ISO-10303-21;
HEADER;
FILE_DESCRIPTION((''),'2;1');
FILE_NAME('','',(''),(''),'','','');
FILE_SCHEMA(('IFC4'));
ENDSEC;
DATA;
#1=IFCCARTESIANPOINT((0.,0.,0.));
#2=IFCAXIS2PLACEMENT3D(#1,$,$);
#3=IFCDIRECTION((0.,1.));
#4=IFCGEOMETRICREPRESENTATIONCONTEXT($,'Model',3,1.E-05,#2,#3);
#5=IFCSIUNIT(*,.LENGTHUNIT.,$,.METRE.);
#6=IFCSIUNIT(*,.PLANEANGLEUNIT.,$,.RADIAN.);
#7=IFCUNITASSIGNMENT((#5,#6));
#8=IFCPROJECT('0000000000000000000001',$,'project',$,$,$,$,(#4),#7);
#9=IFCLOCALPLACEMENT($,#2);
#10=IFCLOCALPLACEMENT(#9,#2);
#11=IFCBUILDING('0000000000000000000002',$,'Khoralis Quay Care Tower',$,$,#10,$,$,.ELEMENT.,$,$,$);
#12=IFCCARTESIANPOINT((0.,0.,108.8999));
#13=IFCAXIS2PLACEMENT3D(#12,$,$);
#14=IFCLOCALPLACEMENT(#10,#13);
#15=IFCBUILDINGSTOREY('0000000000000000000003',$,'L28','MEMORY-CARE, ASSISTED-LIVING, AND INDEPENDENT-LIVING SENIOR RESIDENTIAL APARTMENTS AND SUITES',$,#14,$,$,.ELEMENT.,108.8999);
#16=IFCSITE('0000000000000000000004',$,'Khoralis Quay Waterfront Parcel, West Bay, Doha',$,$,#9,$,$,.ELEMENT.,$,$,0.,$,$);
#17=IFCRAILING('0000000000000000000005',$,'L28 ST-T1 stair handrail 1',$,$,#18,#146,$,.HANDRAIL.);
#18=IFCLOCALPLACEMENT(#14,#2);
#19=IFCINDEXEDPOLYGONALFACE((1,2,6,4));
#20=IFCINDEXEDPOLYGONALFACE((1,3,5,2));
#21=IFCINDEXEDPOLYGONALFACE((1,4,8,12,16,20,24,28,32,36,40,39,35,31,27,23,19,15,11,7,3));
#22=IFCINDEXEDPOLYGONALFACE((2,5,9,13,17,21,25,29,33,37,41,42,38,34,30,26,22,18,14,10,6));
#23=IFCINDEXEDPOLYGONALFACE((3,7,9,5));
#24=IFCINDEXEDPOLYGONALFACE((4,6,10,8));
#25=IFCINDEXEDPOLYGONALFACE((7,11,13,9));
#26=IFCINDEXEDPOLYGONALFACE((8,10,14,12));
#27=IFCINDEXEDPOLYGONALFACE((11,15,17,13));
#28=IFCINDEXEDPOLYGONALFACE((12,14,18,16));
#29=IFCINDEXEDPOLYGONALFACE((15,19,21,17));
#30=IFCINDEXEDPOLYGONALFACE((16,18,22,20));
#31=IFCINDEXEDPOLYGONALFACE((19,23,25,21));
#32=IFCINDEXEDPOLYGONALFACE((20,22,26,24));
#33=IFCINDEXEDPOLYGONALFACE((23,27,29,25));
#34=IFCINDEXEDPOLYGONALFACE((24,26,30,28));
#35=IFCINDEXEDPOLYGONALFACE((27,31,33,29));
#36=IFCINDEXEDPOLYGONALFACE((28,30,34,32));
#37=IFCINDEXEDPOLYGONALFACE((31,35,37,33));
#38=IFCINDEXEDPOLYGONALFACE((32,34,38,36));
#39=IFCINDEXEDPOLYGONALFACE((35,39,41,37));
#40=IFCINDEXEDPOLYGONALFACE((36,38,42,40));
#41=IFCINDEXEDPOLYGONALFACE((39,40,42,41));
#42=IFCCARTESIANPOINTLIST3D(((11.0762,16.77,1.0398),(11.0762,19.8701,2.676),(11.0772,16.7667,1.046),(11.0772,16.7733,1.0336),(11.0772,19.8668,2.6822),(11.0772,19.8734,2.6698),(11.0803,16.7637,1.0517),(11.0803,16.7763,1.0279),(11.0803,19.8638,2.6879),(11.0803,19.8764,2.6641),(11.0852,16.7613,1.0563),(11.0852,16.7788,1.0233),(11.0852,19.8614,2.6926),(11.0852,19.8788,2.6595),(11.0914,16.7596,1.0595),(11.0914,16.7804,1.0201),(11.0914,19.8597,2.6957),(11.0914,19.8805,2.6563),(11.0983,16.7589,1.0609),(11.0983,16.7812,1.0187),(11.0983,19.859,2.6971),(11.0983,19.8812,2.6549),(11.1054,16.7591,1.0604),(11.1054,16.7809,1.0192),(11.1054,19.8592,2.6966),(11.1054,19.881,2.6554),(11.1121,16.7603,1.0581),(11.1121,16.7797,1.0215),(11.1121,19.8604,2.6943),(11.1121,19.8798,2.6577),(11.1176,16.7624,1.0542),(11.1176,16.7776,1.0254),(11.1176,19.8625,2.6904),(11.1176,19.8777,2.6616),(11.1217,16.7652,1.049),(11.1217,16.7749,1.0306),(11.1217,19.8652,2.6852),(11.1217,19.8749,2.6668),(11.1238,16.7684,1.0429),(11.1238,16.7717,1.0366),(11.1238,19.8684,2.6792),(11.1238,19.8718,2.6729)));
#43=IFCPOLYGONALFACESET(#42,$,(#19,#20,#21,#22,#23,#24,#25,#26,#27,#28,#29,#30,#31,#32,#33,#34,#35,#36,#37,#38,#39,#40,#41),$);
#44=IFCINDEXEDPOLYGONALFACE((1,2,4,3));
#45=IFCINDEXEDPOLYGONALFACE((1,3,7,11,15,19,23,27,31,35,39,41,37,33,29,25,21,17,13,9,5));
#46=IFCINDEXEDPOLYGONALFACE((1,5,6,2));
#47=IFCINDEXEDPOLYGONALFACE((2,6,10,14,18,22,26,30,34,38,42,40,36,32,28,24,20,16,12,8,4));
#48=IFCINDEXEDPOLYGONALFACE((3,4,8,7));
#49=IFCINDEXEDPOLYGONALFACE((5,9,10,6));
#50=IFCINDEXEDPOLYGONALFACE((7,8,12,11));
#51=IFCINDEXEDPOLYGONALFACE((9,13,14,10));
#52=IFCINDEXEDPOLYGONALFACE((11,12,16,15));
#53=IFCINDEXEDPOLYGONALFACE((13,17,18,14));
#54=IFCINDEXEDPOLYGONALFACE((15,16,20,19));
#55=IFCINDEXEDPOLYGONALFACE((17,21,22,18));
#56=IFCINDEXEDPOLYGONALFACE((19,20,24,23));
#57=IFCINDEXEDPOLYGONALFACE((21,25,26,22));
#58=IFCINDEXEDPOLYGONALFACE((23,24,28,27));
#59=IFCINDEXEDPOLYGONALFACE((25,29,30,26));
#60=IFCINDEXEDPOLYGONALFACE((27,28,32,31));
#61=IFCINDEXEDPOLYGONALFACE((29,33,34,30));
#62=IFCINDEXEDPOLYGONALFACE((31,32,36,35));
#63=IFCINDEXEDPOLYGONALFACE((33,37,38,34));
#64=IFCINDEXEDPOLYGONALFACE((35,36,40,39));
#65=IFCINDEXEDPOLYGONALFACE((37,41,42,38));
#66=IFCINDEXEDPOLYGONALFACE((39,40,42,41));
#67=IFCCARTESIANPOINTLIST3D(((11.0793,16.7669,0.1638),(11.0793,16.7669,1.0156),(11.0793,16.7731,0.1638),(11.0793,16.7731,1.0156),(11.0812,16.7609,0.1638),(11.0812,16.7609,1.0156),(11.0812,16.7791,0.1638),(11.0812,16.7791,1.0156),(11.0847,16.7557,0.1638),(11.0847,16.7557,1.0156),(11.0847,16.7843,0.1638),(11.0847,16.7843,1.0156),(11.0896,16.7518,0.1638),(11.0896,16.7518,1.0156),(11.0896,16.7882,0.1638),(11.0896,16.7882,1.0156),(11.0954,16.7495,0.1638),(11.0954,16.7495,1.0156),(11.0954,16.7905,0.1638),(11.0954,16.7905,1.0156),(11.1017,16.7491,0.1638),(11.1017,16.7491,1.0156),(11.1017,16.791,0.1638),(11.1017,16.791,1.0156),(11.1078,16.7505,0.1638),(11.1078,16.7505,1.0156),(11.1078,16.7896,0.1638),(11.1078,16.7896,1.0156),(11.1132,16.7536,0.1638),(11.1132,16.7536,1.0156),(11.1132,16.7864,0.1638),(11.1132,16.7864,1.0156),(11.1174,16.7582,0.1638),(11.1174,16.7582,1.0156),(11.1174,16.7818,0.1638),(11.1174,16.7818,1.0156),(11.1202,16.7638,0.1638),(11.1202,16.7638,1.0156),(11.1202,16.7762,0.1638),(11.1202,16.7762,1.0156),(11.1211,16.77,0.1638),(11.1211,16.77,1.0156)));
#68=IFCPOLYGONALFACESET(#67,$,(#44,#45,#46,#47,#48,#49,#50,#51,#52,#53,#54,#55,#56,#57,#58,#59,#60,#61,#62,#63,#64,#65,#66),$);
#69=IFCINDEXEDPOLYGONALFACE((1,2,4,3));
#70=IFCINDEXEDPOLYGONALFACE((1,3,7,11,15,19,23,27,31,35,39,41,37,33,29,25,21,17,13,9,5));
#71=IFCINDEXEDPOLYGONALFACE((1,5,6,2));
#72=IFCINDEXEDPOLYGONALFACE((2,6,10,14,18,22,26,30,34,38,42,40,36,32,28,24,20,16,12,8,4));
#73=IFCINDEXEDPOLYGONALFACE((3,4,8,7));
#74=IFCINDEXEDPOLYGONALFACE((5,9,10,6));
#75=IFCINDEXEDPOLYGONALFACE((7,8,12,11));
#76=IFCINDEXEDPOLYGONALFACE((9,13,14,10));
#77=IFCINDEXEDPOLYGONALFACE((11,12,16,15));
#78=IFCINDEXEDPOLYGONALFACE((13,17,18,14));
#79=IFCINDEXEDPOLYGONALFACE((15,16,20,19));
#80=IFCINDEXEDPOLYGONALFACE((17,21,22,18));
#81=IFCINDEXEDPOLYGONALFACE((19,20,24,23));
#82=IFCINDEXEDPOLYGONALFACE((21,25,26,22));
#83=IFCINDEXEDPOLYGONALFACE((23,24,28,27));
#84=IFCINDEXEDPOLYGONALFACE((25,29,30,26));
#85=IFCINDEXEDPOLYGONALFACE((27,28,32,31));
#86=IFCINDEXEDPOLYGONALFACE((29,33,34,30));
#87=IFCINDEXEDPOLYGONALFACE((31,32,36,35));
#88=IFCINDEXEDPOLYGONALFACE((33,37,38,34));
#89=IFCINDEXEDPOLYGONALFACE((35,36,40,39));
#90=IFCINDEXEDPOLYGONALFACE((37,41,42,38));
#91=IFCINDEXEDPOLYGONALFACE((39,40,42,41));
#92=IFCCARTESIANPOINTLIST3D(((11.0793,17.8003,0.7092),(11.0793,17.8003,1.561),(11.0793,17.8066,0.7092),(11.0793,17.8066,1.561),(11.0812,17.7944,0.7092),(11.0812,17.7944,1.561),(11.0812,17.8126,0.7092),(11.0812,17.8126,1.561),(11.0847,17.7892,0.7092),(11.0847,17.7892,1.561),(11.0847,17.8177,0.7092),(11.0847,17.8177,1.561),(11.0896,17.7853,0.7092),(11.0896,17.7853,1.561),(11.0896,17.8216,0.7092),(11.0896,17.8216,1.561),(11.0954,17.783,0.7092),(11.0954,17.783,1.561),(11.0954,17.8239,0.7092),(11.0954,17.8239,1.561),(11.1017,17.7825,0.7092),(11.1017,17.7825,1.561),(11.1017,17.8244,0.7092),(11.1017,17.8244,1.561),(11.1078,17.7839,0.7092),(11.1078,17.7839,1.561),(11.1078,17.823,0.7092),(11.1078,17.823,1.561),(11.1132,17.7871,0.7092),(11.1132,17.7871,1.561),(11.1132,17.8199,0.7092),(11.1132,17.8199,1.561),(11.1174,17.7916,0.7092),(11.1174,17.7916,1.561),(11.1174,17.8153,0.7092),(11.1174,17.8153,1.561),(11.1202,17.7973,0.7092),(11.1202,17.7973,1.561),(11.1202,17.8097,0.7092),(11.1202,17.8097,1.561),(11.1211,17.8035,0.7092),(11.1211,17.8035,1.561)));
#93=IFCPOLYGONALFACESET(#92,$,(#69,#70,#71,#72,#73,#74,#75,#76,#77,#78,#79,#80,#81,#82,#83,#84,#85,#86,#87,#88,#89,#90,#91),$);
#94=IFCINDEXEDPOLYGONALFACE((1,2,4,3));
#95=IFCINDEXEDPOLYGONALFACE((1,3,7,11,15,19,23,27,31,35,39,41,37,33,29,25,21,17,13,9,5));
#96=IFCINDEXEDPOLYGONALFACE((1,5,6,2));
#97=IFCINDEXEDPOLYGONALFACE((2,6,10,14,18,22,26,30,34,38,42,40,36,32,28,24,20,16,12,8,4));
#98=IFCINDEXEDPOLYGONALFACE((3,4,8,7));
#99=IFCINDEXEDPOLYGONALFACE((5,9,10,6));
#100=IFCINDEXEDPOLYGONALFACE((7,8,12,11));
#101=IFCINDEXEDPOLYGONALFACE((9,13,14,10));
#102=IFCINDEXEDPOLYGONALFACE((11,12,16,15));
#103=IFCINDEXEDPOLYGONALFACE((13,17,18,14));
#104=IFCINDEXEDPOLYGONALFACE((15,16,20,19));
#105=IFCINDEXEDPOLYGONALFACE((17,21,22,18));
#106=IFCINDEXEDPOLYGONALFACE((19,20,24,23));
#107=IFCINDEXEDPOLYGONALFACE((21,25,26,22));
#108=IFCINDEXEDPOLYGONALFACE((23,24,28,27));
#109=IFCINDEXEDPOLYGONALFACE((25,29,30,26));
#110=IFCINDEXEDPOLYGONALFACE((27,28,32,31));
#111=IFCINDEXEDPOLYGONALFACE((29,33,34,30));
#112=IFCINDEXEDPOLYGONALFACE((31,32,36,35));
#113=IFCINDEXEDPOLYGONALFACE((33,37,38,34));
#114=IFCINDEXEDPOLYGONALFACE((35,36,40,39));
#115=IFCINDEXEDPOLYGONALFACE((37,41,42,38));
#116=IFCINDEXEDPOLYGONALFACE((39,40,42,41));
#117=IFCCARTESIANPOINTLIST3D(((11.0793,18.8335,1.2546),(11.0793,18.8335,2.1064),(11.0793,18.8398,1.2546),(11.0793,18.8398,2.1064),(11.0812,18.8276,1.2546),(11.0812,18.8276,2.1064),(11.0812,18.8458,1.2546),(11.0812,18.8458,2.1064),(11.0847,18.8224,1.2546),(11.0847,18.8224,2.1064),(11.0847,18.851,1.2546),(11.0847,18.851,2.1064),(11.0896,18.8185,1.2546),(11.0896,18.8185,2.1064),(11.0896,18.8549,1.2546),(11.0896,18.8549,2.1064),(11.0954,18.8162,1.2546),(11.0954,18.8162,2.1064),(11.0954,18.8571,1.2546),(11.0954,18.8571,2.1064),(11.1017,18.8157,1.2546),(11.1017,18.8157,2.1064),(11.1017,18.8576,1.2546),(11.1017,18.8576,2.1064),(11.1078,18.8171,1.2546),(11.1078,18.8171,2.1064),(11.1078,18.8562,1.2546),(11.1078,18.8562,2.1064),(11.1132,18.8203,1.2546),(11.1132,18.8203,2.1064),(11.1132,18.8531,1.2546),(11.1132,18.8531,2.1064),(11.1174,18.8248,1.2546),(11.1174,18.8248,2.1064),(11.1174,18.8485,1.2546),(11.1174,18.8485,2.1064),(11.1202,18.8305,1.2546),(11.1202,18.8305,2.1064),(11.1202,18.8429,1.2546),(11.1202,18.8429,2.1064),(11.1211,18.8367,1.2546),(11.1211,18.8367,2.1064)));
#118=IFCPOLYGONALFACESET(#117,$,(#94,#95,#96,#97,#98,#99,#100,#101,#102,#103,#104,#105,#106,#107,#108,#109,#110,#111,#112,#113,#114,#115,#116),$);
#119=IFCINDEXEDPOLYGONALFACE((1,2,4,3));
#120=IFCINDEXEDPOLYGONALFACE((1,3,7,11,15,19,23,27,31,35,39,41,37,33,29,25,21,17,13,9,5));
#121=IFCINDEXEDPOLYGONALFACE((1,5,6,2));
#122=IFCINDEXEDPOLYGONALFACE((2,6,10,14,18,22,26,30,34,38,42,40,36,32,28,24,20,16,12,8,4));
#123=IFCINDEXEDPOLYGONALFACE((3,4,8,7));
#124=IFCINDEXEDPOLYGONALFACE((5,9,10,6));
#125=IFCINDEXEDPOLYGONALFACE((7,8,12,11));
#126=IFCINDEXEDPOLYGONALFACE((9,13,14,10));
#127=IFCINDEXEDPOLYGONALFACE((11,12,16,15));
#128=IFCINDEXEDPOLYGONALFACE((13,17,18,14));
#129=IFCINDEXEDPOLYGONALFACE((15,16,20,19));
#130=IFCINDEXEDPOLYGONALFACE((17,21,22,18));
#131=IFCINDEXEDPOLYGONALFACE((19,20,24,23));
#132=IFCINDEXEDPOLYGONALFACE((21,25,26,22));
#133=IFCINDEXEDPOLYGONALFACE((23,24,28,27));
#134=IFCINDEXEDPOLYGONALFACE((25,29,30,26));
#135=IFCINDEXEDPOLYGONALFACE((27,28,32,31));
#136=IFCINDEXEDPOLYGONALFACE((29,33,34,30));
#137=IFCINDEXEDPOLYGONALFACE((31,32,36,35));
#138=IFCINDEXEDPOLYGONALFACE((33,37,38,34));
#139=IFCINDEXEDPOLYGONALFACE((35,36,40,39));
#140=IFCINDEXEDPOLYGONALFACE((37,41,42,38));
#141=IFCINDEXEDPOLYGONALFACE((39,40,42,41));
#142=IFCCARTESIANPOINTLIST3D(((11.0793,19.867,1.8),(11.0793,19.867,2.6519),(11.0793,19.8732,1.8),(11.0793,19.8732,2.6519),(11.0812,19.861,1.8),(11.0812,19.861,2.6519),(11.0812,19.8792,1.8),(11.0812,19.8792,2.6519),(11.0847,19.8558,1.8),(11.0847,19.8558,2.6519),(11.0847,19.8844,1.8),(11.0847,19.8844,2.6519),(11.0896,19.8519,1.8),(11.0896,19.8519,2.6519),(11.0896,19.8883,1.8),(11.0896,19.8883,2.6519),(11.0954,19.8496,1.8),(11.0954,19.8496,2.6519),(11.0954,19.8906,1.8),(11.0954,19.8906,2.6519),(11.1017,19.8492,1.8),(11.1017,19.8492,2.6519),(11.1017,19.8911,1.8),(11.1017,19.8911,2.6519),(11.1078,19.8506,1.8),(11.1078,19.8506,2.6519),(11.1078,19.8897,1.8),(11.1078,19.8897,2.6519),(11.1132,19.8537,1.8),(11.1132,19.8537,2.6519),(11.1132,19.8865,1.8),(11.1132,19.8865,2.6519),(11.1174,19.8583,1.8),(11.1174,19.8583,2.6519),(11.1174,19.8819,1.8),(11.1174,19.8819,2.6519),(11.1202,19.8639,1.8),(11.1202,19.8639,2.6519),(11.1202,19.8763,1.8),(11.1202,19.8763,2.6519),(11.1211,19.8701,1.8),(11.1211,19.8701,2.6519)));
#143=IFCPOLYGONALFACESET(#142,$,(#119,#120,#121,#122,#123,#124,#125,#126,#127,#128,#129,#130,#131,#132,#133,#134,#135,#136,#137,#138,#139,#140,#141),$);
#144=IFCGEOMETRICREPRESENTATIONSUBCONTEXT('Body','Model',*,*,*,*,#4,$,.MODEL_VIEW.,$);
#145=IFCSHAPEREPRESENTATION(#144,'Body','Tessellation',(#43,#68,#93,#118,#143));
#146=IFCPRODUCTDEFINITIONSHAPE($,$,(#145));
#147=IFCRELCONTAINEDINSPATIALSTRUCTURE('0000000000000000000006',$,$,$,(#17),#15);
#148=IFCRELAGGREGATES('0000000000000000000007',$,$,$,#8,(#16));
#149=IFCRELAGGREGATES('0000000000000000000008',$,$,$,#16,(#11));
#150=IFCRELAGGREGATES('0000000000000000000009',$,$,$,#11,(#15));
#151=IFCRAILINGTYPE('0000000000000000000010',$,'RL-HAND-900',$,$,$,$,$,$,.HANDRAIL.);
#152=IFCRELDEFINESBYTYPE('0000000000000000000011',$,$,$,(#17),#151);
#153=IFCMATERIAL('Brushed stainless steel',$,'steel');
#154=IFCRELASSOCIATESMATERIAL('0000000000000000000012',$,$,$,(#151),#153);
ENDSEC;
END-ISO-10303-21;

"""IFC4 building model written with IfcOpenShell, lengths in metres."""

from ifc_helpers import new_model, si_unit, direction, frame, origin, origin_2d, place, context, subcontext, project, spatial, circle, extrude, material, type_object, element, save


model = new_model("IFC4")

# Units and contexts
model_context = context("Model", 3, precision=1e-05, world=origin(), true_north=direction((0.0, 1.0)))
body_context = subcontext(model_context, "Body", "Model", "MODEL_VIEW")
ifc_project = project(units=[si_unit("LENGTHUNIT", "METRE"), si_unit("PLANEANGLEUNIT", "RADIAN")], contexts=[model_context])

# Site, building, storey
site_placement = place(None, origin())
site = spatial("IfcSite", under=ifc_project, at=site_placement, Name="Khoralis Quay Waterfront Parcel, West Bay, Doha", CompositionType="ELEMENT", RefElevation=0.0)
building_placement = place(site_placement, origin())
building = spatial("IfcBuilding", under=site, at=building_placement, Name="Khoralis Quay Care Tower", CompositionType="ELEMENT")
storey_placement = place(building_placement, frame((0.0, 0.0, 108.8999)))
storey = spatial("IfcBuildingStorey", under=building, at=storey_placement, Name="L28", Description="MEMORY-CARE, ASSISTED-LIVING, AND INDEPENDENT-LIVING SENIOR RESIDENTIAL APARTMENTS AND SUITES", CompositionType="ELEMENT", Elevation=108.8999)

# Shared definitions
ifc_material_1 = material(Name="Brushed stainless steel", Category="steel")

# Railing
railing_type_1 = type_object("IfcRailingType", Name="RL-HAND-900", PredefinedType="HANDRAIL", material=ifc_material_1)
railing_1_placement = place(storey_placement, frame((11.1001, 16.77, 0.1638)))
element("IfcRailing", 1, at=railing_1_placement, inside=storey, type_object=railing_type_1, Name="L28 ST-T1 stair handrail 1", PredefinedType="HANDRAIL", context=body_context, shape_type="SweptSolid", body=[
    extrude(circle(Radius=0.0239, at=origin_2d()), frame((0.0, 0.0, 0.876), z_axis=(0.0, 0.884377, 0.466774), x_axis=(-1.0, 0.0, 0.0)), (0.0, 0.0, 1.0), 3.5054),
    extrude(circle(Radius=0.021, at=origin_2d()), origin(), (0.0, 0.0, 1.0), 0.8518),
    extrude(circle(Radius=0.021, at=origin_2d()), frame((0.0, 1.0334, 0.5454)), (0.0, 0.0, 1.0), 0.8518),
    extrude(circle(Radius=0.021, at=origin_2d()), frame((0.0, 2.0667, 1.0908)), (0.0, 0.0, 1.0), 0.8518),
    extrude(circle(Radius=0.021, at=origin_2d()), frame((0.0, 3.1001, 1.6362)), (0.0, 0.0, 1.0), 0.8518),
])

save(model, "model.ifc")
